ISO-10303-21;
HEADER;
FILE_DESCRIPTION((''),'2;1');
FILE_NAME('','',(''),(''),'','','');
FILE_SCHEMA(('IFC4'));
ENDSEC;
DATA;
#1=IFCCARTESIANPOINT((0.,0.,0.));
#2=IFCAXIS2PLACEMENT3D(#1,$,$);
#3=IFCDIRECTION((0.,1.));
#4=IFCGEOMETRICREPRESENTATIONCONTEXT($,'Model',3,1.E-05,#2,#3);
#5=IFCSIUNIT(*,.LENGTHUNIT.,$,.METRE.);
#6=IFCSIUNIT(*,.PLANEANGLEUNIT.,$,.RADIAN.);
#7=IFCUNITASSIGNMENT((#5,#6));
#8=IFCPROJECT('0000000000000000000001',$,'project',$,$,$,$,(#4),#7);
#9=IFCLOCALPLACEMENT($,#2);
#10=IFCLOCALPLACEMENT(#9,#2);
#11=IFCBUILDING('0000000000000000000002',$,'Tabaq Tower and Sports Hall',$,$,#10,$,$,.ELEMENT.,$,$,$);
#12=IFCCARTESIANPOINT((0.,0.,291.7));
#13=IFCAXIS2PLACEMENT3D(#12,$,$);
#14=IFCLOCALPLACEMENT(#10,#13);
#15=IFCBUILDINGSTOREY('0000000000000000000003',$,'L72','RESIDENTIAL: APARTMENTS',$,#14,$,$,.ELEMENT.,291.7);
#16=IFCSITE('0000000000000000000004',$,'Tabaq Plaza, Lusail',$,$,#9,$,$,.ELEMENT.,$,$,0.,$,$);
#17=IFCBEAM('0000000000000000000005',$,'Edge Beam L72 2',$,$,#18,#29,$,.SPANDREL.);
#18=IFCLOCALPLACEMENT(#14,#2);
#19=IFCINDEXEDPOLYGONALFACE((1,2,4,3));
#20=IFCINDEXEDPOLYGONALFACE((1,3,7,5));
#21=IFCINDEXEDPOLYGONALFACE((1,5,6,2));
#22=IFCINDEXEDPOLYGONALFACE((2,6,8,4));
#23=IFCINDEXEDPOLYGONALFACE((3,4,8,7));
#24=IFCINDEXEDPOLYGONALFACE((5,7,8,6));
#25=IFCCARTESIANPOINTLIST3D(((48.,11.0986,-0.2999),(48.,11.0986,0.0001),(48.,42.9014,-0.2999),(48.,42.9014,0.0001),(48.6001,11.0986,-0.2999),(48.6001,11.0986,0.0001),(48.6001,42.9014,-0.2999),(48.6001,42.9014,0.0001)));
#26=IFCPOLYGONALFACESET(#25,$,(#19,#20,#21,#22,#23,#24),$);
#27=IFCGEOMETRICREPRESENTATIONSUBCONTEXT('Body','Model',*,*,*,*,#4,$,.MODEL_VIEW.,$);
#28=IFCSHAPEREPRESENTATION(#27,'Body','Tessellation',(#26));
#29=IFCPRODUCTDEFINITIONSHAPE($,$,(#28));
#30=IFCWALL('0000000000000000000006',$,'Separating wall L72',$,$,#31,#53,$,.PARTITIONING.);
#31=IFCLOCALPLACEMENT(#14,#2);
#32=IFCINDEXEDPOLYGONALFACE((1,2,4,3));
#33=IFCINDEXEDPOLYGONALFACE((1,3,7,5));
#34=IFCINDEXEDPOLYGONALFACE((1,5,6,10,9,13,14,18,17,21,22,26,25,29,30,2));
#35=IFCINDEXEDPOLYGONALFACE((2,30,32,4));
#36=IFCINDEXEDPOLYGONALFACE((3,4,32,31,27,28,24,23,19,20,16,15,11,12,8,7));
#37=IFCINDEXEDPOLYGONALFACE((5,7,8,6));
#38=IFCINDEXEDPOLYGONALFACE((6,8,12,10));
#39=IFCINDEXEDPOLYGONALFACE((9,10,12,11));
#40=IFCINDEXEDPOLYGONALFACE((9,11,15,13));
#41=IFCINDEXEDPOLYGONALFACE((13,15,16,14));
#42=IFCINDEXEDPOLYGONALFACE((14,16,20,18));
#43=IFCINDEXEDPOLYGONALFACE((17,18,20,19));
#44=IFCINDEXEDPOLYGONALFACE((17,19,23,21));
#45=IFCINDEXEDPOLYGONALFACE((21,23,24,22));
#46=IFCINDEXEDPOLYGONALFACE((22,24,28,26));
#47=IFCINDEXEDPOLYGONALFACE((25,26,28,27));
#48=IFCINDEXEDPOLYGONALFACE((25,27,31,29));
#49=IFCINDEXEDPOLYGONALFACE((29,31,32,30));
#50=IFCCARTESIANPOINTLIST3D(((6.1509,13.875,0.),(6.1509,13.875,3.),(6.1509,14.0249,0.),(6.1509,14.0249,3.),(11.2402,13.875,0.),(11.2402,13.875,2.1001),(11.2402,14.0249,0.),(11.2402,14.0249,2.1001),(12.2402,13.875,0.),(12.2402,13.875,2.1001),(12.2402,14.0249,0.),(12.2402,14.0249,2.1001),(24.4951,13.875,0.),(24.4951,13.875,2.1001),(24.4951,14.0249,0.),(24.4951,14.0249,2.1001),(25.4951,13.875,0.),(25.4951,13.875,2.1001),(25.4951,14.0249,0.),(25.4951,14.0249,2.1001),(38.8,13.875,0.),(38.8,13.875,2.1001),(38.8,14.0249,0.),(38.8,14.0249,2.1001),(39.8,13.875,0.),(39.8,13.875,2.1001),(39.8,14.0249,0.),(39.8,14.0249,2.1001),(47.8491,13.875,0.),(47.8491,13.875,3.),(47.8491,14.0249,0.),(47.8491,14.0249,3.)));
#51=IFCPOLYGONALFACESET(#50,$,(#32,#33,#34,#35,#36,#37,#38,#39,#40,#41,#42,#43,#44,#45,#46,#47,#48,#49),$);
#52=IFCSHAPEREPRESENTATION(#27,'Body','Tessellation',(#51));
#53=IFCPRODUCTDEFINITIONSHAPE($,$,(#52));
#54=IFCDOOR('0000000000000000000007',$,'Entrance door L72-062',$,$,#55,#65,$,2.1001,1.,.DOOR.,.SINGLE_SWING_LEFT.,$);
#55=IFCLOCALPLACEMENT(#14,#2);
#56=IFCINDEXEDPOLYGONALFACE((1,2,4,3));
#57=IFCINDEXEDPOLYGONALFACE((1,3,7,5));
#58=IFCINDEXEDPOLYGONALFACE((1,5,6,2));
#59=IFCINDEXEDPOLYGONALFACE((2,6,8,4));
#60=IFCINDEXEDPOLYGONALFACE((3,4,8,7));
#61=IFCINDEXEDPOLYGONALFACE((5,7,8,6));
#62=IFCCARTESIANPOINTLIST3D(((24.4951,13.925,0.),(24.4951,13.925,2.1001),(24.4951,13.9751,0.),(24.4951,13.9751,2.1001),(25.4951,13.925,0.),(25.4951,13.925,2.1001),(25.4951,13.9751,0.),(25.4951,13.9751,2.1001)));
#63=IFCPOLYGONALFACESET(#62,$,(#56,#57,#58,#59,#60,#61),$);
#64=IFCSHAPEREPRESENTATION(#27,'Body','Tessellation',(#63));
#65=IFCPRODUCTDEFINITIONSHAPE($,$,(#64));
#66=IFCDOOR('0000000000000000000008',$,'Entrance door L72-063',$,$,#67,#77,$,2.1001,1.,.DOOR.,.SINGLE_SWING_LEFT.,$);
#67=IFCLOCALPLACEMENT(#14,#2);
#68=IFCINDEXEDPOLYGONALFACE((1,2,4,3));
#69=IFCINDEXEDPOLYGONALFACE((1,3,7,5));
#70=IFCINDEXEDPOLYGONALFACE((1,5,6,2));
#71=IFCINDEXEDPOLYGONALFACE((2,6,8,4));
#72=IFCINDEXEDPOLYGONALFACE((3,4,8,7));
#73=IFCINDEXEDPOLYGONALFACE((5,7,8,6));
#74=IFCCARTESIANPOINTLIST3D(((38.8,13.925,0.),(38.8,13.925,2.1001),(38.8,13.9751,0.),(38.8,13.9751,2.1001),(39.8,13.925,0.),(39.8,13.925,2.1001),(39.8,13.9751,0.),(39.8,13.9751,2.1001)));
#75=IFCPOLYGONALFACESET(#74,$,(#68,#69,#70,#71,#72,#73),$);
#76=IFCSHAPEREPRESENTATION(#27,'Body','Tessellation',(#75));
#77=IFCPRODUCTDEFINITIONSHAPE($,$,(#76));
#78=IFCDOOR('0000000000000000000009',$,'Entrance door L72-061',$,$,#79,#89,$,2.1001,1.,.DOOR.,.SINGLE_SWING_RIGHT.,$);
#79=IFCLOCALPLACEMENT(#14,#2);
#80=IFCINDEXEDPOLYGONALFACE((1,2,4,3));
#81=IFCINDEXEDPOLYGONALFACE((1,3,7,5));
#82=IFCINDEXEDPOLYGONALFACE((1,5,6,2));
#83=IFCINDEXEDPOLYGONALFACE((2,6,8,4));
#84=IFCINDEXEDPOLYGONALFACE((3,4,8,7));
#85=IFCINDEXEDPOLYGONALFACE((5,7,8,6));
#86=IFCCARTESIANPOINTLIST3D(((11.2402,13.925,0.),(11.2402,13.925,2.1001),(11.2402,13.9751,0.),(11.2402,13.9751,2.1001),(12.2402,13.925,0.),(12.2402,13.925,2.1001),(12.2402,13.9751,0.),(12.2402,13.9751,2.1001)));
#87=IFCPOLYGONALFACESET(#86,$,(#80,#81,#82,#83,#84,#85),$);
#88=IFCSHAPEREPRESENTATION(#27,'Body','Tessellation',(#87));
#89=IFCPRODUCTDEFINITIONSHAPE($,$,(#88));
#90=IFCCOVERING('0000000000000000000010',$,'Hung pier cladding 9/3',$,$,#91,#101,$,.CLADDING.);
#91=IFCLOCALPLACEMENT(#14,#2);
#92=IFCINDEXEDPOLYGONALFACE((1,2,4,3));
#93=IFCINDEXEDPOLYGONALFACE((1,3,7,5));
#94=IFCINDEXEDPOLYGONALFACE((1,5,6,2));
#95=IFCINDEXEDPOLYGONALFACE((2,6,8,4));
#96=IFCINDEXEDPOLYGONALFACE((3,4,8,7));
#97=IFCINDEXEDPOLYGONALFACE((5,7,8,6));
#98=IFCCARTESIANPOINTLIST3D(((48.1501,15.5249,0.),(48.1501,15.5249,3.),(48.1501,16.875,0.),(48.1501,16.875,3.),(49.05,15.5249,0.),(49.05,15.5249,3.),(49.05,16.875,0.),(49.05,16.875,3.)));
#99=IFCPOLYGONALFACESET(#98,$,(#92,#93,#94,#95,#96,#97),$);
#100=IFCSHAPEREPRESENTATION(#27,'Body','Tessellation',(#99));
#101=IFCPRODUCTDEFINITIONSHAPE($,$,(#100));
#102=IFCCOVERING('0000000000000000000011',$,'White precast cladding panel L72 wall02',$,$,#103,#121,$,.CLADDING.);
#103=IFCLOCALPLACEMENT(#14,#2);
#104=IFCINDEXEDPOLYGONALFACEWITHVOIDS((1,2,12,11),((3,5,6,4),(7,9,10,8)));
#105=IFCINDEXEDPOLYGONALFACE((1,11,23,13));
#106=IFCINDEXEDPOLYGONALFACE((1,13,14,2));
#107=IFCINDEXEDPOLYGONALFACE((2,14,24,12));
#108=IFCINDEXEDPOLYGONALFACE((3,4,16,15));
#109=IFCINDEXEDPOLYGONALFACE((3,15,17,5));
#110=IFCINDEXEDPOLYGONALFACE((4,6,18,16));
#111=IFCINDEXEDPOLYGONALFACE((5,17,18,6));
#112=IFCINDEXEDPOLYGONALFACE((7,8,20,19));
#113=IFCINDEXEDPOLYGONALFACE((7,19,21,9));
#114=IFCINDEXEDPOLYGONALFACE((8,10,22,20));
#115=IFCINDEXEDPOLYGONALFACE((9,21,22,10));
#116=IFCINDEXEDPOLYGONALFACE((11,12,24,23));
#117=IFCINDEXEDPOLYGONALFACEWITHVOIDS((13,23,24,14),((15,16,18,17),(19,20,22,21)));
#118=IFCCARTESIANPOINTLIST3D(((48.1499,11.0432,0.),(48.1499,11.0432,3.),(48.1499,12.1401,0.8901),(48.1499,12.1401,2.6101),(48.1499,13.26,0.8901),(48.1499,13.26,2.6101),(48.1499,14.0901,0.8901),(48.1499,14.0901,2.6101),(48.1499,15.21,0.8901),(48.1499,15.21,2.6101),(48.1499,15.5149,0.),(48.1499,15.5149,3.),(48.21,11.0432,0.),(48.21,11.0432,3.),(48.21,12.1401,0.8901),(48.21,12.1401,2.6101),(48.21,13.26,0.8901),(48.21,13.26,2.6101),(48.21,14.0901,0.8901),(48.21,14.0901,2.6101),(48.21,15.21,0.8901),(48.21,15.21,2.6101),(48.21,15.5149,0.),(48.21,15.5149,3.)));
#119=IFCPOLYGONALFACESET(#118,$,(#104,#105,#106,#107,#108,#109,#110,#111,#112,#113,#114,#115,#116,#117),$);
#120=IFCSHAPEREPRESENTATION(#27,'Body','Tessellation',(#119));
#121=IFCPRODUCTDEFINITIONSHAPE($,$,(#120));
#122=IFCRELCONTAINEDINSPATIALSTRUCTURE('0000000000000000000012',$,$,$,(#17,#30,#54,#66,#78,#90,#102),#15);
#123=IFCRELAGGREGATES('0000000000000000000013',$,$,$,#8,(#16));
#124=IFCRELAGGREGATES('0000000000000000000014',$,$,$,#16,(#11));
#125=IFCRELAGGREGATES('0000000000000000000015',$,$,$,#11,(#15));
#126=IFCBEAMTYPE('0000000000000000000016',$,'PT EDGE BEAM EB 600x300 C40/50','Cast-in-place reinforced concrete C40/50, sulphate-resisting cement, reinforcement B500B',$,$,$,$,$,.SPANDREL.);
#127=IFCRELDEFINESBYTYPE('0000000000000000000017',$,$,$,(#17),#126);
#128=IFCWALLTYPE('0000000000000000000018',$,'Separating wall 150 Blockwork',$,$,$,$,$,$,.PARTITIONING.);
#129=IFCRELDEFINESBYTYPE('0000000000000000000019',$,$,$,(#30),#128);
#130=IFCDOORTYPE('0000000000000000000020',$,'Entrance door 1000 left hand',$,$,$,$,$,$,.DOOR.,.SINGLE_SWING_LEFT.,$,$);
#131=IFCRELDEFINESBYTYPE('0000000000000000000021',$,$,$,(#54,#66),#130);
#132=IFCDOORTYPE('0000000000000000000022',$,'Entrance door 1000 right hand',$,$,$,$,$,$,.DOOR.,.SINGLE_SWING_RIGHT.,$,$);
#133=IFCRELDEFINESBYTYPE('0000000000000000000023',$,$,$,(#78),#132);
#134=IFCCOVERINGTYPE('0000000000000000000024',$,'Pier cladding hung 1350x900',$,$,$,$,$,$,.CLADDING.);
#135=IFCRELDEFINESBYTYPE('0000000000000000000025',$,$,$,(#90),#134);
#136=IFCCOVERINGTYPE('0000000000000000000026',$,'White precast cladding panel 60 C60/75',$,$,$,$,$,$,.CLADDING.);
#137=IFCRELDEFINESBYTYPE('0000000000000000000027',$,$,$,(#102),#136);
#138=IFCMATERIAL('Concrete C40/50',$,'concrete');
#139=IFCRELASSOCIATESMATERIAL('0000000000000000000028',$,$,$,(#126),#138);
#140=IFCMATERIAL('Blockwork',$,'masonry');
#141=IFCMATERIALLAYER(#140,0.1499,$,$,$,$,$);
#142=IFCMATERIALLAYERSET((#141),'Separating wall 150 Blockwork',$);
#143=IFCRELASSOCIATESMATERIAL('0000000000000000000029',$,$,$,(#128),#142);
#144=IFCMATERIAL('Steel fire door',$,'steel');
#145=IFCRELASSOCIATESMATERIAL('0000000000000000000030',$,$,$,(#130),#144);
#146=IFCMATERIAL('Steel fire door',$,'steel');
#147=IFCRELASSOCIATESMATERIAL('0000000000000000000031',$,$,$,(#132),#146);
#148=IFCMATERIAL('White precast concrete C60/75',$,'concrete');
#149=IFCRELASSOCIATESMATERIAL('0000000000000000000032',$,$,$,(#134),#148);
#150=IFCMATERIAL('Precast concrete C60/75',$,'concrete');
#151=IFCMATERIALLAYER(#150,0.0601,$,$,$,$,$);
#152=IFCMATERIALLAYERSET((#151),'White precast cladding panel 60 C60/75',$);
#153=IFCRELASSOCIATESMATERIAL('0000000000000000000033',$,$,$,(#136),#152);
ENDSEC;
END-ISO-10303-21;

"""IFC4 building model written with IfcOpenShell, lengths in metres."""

from ifc_helpers import new_model, si_unit, direction, frame, frame_2d, origin, origin_2d, place, context, subcontext, project, spatial, polyline, rectangle, outline, extrude, material, layer, layer_set, material_profile, profile_set, type_object, element, fill, save


model = new_model("IFC4")

# Units and contexts
model_context = context("Model", 3, precision=1e-05, world=origin(), true_north=direction((0.0, 1.0)))
body_context = subcontext(model_context, "Body", "Model", "MODEL_VIEW")
ifc_project = project(units=[si_unit("LENGTHUNIT", "METRE"), si_unit("PLANEANGLEUNIT", "RADIAN")], contexts=[model_context])

# Site, building, storey
site_placement = place(None, origin())
site = spatial("IfcSite", under=ifc_project, at=site_placement, Name="Tabaq Plaza, Lusail", CompositionType="ELEMENT", RefElevation=0.0)
building_placement = place(site_placement, origin())
building = spatial("IfcBuilding", under=site, at=building_placement, Name="Tabaq Tower and Sports Hall", CompositionType="ELEMENT")
storey_placement = place(building_placement, frame((0.0, 0.0, 291.7)))
storey = spatial("IfcBuildingStorey", under=building, at=storey_placement, Name="L72", Description="RESIDENTIAL: APARTMENTS", CompositionType="ELEMENT", Elevation=291.7)

# Beam
ifc_material_1 = material(Name="Concrete C40/50", Category="concrete")
ifc_material_profile = material_profile(ifc_material_1, rectangle(XDim=0.6001, YDim=0.3, at=origin_2d()), Name="EB 600x300")
ifc_profile_set = profile_set([ifc_material_profile], Name="Concrete C40/50")
beam_type = type_object("IfcBeamType", Name="PT EDGE BEAM EB 600x300 C40/50", Description="Cast-in-place reinforced concrete C40/50, sulphate-resisting cement, reinforcement B500B", PredefinedType="SPANDREL", material=ifc_profile_set)
beam_placement = place(storey_placement, frame((48.3, 11.0986, -0.1499), z_axis=(0.0, 1.0, 0.0), x_axis=(-1.0, 0.0, 0.0)))
element("IfcBeam", 1, at=beam_placement, inside=storey, type_object=beam_type, Name="Edge Beam L72 2", PredefinedType="SPANDREL", context=body_context, shape_type="SweptSolid", body=[
    extrude(rectangle(XDim=0.6001, YDim=0.3, at=origin_2d()), origin(), (0.0, 0.0, 1.0), 31.8027),
])

# Wall, openings, doors
ifc_material_2 = material(Name="Blockwork", Category="masonry")
ifc_layer_1 = layer(ifc_material_2, 0.1499)
ifc_layer_set_1 = layer_set([ifc_layer_1], Name="Separating wall 150 Blockwork")
wall_type_1 = type_object("IfcWallType", Name="Separating wall 150 Blockwork", PredefinedType="PARTITIONING", material=ifc_layer_set_1)
wall_1_placement = place(storey_placement, frame((47.8491, 13.95, 0.0), z_axis=(0.0, 0.0, 1.0), x_axis=(-1.0, 0.0, 0.0)))
wall_1 = element("IfcWall", 2, at=wall_1_placement, inside=storey, type_object=wall_type_1, Name="Separating wall L72", PredefinedType="PARTITIONING", context=body_context, shape_type="SweptSolid", body=[
    extrude(rectangle(XDim=41.6982, YDim=0.1499, at=frame_2d((20.8491, 0.0))), origin(), (0.0, 0.0, 1.0), 3.0),
])
opening_1_placement = place(wall_1_placement, frame((35.6089, 0.0, 0.0)))
opening_1 = element("IfcOpeningElement", 3, at=opening_1_placement, cuts=wall_1, PredefinedType="OPENING", context=body_context, shape_type="SweptSolid", body=[
    extrude(rectangle(XDim=1.0, YDim=2.1001, at=frame_2d((0.5, 1.05))), frame((0.0, 0.075, 0.0), z_axis=(0.0, -1.0, 0.0), x_axis=(1.0, 0.0, 0.0)), (0.0, 0.0, 1.0), 0.1499),
])
opening_2_placement = place(wall_1_placement, frame((22.354, 0.0, 0.0)))
opening_2 = element("IfcOpeningElement", 4, at=opening_2_placement, cuts=wall_1, PredefinedType="OPENING", context=body_context, shape_type="SweptSolid", body=[
    extrude(rectangle(XDim=1.0, YDim=2.1001, at=frame_2d((0.5, 1.05))), frame((0.0, 0.075, 0.0), z_axis=(0.0, -1.0, 0.0), x_axis=(1.0, 0.0, 0.0)), (0.0, 0.0, 1.0), 0.1499),
])
opening_3_placement = place(wall_1_placement, frame((8.0491, 0.0, 0.0)))
opening_3 = element("IfcOpeningElement", 5, at=opening_3_placement, cuts=wall_1, PredefinedType="OPENING", context=body_context, shape_type="SweptSolid", body=[
    extrude(rectangle(XDim=1.0, YDim=2.1001, at=frame_2d((0.5, 1.05))), frame((0.0, 0.075, 0.0), z_axis=(0.0, -1.0, 0.0), x_axis=(1.0, 0.0, 0.0)), (0.0, 0.0, 1.0), 0.1499),
])
ifc_material_3 = material(Name="Steel fire door", Category="steel")
door_type_1 = type_object("IfcDoorType", Name="Entrance door 1000 left hand", OperationType="SINGLE_SWING_LEFT", PredefinedType="DOOR", material=ifc_material_3)
door_1_placement = place(opening_2_placement, origin())
door_1 = element("IfcDoor", 6, at=door_1_placement, inside=storey, type_object=door_type_1, Name="Entrance door L72-062", OperationType="SINGLE_SWING_LEFT", OverallHeight=2.1001, OverallWidth=1.0, PredefinedType="DOOR", context=body_context, shape_type="SweptSolid", body=[
    extrude(rectangle(XDim=1.0, YDim=2.1001, at=frame_2d((0.5, 1.05))), frame((0.0, 0.0249, 0.0), z_axis=(0.0, -1.0, 0.0), x_axis=(1.0, 0.0, 0.0)), (0.0, 0.0, 1.0), 0.05),
])
fill(opening_2, door_1)
door_2_placement = place(opening_3_placement, origin())
door_2 = element("IfcDoor", 7, at=door_2_placement, inside=storey, type_object=door_type_1, Name="Entrance door L72-063", OperationType="SINGLE_SWING_LEFT", OverallHeight=2.1001, OverallWidth=1.0, PredefinedType="DOOR", context=body_context, shape_type="SweptSolid", body=[
    extrude(rectangle(XDim=1.0, YDim=2.1001, at=frame_2d((0.5, 1.05))), frame((0.0, 0.0249, 0.0), z_axis=(0.0, -1.0, 0.0), x_axis=(1.0, 0.0, 0.0)), (0.0, 0.0, 1.0), 0.05),
])
fill(opening_3, door_2)
ifc_material_4 = material(Name="Steel fire door", Category="steel")
door_type_2 = type_object("IfcDoorType", Name="Entrance door 1000 right hand", OperationType="SINGLE_SWING_RIGHT", PredefinedType="DOOR", material=ifc_material_4)
door_3_placement = place(opening_1_placement, origin())
door_3 = element("IfcDoor", 8, at=door_3_placement, inside=storey, type_object=door_type_2, Name="Entrance door L72-061", OperationType="SINGLE_SWING_RIGHT", OverallHeight=2.1001, OverallWidth=1.0, PredefinedType="DOOR", context=body_context, shape_type="SweptSolid", body=[
    extrude(rectangle(XDim=1.0, YDim=2.1001, at=frame_2d((0.5, 1.05))), frame((0.0, 0.0249, 0.0), z_axis=(0.0, -1.0, 0.0), x_axis=(1.0, 0.0, 0.0)), (0.0, 0.0, 1.0), 0.05),
])
fill(opening_1, door_3)

# Coverings
ifc_material_5 = material(Name="White precast concrete C60/75", Category="concrete")
covering_type_1 = type_object("IfcCoveringType", Name="Pier cladding hung 1350x900", PredefinedType="CLADDING", material=ifc_material_5)
covering_1_placement = place(storey_placement, frame((48.6001, 15.5249, 0.0), z_axis=(0.0, 0.0, 1.0), x_axis=(0.0, 1.0, 0.0)))
element("IfcCovering", 9, at=covering_1_placement, inside=storey, type_object=covering_type_1, Name="Hung pier cladding 9/3", PredefinedType="CLADDING", context=body_context, shape_type="SweptSolid", body=[
    extrude(rectangle(XDim=1.3501, YDim=0.8999, at=frame_2d((0.675, 0.0))), origin(), (0.0, 0.0, 1.0), 3.0),
])
ifc_material_6 = material(Name="Precast concrete C60/75", Category="concrete")
ifc_layer_2 = layer(ifc_material_6, 0.0601)
ifc_layer_set_2 = layer_set([ifc_layer_2], Name="White precast cladding panel 60 C60/75")
covering_type_2 = type_object("IfcCoveringType", Name="White precast cladding panel 60 C60/75", PredefinedType="CLADDING", material=ifc_layer_set_2)
covering_2_placement = place(storey_placement, frame((48.1799, 11.0432, 0.0), z_axis=(0.0, 0.0, 1.0), x_axis=(0.0, 1.0, 0.0)))
element("IfcCovering", 10, at=covering_2_placement, inside=storey, type_object=covering_type_2, Name="White precast cladding panel L72 wall02", PredefinedType="CLADDING", context=body_context, shape_type="SweptSolid", body=[
    extrude(outline(polyline([(0.0, 0.0), (4.4717, 0.0), (4.4717, 3.0), (0.0, 3.0), (0.0, 0.0)]), holes=[polyline([(1.0969, 2.6101), (2.2168, 2.6101), (2.2168, 0.8901), (1.0969, 0.8901), (1.0969, 2.6101)]), polyline([(3.0469, 2.6101), (4.1667, 2.6101), (4.1667, 0.8901), (3.0469, 0.8901), (3.0469, 2.6101)])]), frame((0.0, 0.03, 0.0), z_axis=(0.0, -1.0, 0.0), x_axis=(1.0, 0.0, 0.0)), (0.0, 0.0, 1.0), 0.0601),
])

save(model, "model.ifc")
